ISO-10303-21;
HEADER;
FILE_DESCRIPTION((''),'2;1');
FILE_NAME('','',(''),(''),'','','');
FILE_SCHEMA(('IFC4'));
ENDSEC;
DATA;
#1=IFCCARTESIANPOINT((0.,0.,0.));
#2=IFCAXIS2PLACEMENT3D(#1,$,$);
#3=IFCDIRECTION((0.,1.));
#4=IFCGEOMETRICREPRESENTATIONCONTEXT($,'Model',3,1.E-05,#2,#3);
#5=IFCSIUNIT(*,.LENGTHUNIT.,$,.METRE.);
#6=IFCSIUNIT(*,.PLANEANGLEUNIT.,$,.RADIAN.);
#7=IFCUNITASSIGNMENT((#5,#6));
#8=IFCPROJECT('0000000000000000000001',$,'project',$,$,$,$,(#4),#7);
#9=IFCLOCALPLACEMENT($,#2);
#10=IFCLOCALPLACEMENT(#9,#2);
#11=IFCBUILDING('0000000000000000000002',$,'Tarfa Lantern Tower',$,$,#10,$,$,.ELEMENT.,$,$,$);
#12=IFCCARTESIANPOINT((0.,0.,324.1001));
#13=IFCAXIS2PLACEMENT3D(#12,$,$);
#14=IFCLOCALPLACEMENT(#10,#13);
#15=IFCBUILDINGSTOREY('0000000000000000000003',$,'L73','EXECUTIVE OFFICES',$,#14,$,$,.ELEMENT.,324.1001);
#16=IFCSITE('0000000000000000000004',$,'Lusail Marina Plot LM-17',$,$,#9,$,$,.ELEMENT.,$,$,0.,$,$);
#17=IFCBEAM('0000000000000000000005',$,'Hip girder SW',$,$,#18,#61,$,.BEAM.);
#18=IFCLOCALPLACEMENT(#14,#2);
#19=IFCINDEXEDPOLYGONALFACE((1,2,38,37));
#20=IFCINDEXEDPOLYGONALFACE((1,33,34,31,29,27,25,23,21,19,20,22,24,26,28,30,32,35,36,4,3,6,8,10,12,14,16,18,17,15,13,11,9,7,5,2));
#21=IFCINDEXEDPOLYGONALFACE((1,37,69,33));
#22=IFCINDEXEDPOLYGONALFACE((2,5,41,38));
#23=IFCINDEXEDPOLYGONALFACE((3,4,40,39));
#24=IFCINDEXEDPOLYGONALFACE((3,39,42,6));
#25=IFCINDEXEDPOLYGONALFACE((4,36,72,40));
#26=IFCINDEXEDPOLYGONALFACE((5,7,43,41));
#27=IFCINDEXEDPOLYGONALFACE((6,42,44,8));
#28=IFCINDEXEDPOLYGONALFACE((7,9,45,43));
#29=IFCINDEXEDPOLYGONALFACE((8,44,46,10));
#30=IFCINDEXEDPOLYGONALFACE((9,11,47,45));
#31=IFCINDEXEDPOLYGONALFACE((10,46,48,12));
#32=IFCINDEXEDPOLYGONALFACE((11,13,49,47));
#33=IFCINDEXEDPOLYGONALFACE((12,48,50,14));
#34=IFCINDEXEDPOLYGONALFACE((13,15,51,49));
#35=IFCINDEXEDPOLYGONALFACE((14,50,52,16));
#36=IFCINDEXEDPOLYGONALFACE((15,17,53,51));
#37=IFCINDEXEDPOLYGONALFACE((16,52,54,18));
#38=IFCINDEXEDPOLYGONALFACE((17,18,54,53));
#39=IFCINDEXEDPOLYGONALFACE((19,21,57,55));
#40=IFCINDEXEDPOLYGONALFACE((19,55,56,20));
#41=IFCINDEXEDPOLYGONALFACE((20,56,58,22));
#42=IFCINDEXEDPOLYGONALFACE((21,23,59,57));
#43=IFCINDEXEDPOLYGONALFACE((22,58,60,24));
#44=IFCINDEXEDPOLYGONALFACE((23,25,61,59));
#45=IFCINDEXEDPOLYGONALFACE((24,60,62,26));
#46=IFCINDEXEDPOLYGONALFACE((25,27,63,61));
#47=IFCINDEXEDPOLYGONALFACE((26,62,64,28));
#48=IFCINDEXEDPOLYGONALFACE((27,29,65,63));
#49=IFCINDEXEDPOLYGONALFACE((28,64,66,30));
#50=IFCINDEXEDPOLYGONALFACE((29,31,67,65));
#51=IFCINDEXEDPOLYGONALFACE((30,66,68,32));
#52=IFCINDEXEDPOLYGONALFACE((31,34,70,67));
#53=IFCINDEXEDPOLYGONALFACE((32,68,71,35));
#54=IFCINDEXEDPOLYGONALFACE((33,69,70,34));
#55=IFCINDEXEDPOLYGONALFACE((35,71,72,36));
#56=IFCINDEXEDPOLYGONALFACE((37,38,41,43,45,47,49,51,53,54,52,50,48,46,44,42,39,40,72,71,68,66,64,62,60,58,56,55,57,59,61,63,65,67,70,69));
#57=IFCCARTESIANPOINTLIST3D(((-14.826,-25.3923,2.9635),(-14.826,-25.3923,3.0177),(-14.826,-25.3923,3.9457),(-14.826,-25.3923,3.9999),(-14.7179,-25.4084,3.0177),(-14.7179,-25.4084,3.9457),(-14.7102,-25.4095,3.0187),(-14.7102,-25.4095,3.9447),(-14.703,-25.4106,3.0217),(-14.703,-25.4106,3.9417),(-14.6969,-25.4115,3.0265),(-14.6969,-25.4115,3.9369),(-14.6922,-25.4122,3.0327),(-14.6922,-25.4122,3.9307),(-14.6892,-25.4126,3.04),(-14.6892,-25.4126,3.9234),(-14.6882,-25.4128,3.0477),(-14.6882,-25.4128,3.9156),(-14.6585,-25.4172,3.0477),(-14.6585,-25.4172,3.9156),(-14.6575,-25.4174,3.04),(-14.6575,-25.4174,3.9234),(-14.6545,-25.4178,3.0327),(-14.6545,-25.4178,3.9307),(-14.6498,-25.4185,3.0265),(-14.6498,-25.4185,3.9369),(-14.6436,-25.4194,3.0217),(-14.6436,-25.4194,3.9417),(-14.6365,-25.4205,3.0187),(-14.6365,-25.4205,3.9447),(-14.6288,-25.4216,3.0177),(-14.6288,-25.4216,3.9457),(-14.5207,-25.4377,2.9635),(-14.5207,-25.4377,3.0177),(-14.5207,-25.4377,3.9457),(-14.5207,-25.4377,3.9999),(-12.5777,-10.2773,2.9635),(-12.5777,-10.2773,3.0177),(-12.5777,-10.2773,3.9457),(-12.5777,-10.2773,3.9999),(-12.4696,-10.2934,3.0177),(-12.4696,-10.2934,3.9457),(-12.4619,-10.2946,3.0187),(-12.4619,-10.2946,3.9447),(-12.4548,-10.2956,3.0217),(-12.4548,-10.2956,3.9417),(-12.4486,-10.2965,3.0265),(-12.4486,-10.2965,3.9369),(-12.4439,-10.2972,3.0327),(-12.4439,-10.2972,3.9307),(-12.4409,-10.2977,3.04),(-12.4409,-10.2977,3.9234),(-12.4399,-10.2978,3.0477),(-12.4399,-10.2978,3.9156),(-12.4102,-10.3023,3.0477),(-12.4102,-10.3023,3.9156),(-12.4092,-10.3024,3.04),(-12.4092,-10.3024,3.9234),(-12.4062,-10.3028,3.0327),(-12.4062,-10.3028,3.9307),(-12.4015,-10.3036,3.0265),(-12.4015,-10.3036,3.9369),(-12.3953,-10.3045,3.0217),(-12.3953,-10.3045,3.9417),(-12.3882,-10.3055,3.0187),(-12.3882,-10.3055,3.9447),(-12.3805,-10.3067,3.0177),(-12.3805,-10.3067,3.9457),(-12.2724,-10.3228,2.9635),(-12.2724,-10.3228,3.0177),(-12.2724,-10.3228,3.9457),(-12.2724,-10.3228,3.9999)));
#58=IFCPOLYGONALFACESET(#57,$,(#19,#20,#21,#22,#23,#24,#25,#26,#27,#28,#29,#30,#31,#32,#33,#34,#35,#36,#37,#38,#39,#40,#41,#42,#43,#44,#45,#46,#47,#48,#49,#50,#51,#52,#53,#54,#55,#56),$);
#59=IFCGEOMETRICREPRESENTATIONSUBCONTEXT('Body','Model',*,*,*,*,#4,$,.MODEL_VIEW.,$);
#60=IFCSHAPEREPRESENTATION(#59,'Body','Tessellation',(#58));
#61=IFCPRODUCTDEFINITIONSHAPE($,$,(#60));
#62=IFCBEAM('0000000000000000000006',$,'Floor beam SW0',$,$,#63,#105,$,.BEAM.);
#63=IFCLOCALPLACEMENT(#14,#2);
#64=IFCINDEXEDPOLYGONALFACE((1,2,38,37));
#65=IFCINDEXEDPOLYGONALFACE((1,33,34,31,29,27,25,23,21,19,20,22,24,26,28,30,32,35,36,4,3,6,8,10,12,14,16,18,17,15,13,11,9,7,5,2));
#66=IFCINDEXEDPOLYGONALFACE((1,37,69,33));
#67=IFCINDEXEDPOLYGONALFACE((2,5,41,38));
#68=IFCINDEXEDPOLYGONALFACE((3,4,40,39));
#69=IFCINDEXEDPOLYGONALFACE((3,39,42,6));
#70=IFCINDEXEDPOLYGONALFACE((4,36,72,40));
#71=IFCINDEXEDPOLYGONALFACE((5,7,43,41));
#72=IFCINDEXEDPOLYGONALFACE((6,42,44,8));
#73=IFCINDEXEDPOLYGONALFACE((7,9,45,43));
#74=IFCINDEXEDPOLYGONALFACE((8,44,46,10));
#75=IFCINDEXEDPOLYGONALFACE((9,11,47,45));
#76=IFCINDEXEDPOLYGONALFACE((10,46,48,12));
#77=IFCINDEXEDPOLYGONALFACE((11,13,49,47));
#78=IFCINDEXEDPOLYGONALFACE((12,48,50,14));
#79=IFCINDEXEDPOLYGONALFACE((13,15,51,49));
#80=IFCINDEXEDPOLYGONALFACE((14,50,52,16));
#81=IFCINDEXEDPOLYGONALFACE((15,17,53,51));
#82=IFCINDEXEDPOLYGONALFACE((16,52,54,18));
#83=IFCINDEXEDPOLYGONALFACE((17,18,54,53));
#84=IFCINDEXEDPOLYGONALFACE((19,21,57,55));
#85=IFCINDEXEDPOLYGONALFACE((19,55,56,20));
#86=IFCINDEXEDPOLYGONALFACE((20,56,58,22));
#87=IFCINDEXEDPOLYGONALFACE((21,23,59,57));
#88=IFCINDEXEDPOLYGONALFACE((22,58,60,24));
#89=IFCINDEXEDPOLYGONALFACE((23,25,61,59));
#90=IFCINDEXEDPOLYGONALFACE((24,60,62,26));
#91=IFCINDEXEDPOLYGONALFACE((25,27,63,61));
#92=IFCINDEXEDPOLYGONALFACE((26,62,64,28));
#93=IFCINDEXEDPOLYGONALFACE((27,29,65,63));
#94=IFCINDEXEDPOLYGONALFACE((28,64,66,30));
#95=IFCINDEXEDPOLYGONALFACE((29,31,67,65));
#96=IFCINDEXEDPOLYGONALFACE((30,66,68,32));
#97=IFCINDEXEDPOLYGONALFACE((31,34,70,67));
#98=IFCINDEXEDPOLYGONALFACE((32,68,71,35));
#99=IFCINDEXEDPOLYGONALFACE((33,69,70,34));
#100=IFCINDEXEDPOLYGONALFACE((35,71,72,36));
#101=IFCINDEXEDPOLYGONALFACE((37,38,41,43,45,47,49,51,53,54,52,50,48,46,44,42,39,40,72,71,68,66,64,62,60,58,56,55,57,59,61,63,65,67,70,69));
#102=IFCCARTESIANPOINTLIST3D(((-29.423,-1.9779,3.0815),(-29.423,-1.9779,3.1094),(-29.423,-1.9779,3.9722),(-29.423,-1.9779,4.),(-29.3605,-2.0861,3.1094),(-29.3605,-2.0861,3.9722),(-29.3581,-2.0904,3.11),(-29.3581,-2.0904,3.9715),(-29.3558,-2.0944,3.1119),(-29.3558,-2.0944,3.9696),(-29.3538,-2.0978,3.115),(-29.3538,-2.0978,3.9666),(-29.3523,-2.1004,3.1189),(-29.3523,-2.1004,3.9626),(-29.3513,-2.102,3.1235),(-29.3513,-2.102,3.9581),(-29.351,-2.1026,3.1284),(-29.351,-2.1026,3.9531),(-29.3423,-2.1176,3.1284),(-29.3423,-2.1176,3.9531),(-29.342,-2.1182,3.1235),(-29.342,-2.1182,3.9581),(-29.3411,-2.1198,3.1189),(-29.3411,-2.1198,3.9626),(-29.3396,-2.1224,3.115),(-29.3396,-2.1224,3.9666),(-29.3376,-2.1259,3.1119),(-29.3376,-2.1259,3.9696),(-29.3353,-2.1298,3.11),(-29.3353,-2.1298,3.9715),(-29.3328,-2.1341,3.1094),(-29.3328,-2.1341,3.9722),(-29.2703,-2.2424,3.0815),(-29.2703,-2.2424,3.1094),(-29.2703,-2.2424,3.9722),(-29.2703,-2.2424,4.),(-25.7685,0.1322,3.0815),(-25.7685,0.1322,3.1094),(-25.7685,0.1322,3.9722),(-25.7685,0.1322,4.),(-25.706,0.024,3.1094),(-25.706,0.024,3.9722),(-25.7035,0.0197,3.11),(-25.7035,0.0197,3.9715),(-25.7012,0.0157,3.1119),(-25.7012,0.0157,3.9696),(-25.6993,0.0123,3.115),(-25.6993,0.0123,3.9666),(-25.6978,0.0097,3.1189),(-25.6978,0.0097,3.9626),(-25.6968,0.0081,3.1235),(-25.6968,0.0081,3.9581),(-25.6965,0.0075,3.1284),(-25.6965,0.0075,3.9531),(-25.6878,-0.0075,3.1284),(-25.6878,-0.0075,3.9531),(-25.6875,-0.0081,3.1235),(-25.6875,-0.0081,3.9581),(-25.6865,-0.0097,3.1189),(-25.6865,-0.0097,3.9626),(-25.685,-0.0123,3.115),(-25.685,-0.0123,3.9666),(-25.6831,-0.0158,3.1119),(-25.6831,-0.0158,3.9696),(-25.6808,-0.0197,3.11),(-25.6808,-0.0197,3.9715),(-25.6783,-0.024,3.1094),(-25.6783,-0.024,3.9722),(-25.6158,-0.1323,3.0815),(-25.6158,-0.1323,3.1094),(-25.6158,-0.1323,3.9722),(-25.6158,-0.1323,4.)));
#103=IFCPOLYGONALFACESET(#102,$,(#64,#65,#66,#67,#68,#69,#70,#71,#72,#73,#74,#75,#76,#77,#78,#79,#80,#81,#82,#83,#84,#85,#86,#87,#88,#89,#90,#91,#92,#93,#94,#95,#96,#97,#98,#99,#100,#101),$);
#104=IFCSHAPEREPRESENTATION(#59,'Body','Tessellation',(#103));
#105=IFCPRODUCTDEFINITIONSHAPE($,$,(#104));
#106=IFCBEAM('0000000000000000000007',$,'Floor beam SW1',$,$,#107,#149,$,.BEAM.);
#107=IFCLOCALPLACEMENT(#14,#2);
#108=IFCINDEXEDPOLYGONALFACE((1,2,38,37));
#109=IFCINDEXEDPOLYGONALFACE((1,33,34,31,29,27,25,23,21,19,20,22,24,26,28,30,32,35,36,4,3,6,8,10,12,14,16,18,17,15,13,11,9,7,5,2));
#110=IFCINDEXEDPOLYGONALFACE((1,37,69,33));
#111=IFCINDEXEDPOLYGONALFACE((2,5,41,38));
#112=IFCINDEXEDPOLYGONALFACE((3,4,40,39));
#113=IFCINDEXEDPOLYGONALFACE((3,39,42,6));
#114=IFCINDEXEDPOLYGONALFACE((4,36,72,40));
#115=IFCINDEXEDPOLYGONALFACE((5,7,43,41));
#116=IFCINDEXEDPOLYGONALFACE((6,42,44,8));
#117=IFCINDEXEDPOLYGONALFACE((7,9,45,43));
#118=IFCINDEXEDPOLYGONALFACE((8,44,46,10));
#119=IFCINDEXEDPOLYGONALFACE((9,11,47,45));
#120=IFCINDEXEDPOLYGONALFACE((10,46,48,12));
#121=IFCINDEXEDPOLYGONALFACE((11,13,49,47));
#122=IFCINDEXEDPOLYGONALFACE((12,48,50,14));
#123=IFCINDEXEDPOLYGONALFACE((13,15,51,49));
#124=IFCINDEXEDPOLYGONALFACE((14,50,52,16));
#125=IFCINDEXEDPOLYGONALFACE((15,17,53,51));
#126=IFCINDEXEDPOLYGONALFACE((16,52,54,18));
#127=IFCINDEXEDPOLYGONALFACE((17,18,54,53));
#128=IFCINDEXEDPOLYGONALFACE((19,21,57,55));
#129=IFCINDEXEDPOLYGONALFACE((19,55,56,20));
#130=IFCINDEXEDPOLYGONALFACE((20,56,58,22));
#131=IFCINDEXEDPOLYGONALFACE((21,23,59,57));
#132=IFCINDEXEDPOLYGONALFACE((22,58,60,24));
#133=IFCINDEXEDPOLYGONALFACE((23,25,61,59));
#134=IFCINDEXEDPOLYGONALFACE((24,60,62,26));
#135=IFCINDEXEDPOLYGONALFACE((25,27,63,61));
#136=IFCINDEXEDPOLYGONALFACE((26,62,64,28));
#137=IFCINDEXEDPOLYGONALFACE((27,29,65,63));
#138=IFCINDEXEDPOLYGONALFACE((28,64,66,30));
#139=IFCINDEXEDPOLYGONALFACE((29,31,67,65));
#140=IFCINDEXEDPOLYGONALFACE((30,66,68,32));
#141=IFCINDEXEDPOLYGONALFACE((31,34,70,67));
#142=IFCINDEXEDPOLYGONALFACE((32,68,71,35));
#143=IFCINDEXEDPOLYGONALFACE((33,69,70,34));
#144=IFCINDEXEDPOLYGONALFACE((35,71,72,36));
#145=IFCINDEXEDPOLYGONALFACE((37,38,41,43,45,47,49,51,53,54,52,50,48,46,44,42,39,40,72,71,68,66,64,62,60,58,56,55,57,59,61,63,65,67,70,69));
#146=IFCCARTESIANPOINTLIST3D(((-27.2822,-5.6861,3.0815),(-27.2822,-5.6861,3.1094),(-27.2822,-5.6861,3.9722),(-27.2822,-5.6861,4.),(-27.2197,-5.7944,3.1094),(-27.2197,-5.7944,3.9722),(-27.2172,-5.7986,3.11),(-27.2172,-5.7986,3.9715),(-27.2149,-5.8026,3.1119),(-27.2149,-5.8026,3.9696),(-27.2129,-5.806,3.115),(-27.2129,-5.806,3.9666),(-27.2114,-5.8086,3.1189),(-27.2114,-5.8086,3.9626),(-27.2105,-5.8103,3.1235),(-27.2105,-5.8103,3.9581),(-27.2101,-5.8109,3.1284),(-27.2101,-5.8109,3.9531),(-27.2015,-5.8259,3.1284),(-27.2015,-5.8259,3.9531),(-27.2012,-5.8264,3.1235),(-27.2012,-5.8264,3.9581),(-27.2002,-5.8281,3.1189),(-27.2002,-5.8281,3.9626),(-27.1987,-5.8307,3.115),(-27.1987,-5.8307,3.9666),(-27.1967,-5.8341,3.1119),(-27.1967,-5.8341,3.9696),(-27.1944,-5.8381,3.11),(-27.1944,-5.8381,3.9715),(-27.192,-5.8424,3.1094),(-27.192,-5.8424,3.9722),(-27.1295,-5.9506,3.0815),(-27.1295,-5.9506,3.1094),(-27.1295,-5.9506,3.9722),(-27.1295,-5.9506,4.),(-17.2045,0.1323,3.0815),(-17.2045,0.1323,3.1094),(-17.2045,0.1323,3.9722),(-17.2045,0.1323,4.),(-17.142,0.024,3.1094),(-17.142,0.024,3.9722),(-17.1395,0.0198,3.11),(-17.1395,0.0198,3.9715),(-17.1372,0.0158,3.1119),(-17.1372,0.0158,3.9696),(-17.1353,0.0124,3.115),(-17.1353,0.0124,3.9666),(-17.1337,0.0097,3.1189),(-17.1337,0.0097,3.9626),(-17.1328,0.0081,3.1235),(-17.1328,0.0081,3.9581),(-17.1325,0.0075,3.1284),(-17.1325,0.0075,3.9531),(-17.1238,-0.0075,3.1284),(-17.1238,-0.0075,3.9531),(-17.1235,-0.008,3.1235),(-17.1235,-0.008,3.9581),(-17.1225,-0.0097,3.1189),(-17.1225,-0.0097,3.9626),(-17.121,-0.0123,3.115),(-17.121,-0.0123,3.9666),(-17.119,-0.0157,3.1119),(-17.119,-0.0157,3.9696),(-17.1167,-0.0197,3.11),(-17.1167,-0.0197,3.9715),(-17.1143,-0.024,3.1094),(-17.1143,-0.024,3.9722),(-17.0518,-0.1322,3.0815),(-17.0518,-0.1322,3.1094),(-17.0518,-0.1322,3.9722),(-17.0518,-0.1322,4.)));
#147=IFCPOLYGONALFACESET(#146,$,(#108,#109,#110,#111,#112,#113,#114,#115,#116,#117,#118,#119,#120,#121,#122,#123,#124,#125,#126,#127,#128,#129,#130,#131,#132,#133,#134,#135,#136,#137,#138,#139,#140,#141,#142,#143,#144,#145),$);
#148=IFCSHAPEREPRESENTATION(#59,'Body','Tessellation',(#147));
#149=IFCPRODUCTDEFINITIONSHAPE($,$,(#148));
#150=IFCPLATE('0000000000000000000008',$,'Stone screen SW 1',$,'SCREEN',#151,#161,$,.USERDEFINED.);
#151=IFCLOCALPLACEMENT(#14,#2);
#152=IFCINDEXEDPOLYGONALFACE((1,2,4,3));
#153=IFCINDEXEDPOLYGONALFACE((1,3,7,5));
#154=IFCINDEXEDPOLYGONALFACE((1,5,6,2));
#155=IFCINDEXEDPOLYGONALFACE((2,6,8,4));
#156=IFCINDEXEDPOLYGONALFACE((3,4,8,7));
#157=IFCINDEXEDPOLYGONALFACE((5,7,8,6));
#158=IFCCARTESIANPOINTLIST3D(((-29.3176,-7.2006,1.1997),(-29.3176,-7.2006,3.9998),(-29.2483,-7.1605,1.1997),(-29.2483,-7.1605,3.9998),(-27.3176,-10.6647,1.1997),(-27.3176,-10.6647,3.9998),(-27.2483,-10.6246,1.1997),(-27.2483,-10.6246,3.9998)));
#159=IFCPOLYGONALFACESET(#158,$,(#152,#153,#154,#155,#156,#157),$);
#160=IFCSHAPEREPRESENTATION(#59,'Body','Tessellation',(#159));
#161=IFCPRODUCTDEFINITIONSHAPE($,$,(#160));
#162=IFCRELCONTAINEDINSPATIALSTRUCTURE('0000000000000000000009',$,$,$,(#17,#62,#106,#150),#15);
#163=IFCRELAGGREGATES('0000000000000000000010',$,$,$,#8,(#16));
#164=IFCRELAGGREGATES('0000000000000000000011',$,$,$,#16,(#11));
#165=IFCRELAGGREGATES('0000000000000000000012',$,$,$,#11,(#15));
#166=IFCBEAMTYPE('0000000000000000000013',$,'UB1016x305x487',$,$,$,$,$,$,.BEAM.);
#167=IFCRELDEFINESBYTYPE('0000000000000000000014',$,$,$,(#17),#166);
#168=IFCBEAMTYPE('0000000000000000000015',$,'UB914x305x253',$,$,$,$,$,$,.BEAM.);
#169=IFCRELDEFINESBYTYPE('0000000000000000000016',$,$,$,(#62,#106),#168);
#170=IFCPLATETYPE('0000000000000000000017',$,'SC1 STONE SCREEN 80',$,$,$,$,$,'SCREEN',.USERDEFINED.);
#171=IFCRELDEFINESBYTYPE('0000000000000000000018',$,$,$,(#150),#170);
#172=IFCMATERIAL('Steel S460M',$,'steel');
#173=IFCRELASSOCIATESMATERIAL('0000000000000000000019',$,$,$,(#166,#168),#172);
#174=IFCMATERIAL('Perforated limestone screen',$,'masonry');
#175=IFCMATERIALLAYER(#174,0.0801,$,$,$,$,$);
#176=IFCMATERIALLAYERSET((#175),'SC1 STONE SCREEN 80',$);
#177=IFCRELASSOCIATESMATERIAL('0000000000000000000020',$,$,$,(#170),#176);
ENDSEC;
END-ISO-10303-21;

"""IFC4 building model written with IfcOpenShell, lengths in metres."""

from ifc_helpers import new_model, si_unit, direction, frame, origin, origin_2d, place, context, subcontext, project, spatial, rectangle, i_section, extrude, material, layer, layer_set, material_profile, profile_set, type_object, element, save


model = new_model("IFC4")

# Units and contexts
model_context = context("Model", 3, precision=1e-05, world=origin(), true_north=direction((0.0, 1.0)))
body_context = subcontext(model_context, "Body", "Model", "MODEL_VIEW")
ifc_project = project(units=[si_unit("LENGTHUNIT", "METRE"), si_unit("PLANEANGLEUNIT", "RADIAN")], contexts=[model_context])

# Site, building, storey
site_placement = place(None, origin())
site = spatial("IfcSite", under=ifc_project, at=site_placement, Name="Lusail Marina Plot LM-17", CompositionType="ELEMENT", RefElevation=0.0)
building_placement = place(site_placement, origin())
building = spatial("IfcBuilding", under=site, at=building_placement, Name="Tarfa Lantern Tower", CompositionType="ELEMENT")
storey_placement = place(building_placement, frame((0.0, 0.0, 324.1001)))
storey = spatial("IfcBuildingStorey", under=building, at=storey_placement, Name="L73", Description="EXECUTIVE OFFICES", CompositionType="ELEMENT", Elevation=324.1001)

# Beams
ifc_material_1 = material(Name="Steel S460M", Category="steel")
ifc_material_profile_1 = material_profile(ifc_material_1, i_section(OverallWidth=0.3086, OverallDepth=1.0364, WebThickness=0.03, FlangeThickness=0.0542, FilletRadius=0.03, at=origin_2d()), Name="UB1016x305x487")
ifc_profile_set_1 = profile_set([ifc_material_profile_1], Name="Steel S460M")
beam_type_1 = type_object("IfcBeamType", Name="UB1016x305x487", PredefinedType="BEAM", material=ifc_profile_set_1)
beam_1_placement = place(storey_placement, frame((-12.425, -10.3, 3.4817), z_axis=(-0.147127, -0.989118, 0.0), x_axis=(0.989118, -0.147127, 0.0)))
element("IfcBeam", 1, at=beam_1_placement, inside=storey, type_object=beam_type_1, Name="Hip girder SW", PredefinedType="BEAM", context=body_context, shape_type="SweptSolid", body=[
    extrude(i_section(OverallWidth=0.3086, OverallDepth=1.0364, WebThickness=0.03, FlangeThickness=0.0542, FilletRadius=0.03, at=origin_2d()), origin(), (0.0, 0.0, 1.0), 15.2812),
])
ifc_material_profile_2 = material_profile(ifc_material_1, i_section(OverallWidth=0.3054, OverallDepth=0.9185, WebThickness=0.0173, FlangeThickness=0.0278, FilletRadius=0.019, at=origin_2d()), Name="UB914x305x253")
ifc_profile_set_2 = profile_set([ifc_material_profile_2], Name="Steel S460M")
beam_type_2 = type_object("IfcBeamType", Name="UB914x305x253", PredefinedType="BEAM", material=ifc_profile_set_2)
beam_2_placement = place(storey_placement, frame((-29.3467, -2.1101, 3.5408), z_axis=(0.866009, 0.500028, 0.0), x_axis=(-0.500028, 0.866009, 0.0)))
element("IfcBeam", 2, at=beam_2_placement, inside=storey, type_object=beam_type_2, Name="Floor beam SW0", PredefinedType="BEAM", context=body_context, shape_type="SweptSolid", body=[
    extrude(i_section(OverallWidth=0.3054, OverallDepth=0.9185, WebThickness=0.0173, FlangeThickness=0.0278, FilletRadius=0.019, at=origin_2d()), origin(), (0.0, 0.0, 1.0), 4.22),
])
beam_3_placement = place(storey_placement, frame((-27.2058, -5.8184, 3.5408), z_axis=(0.866024, 0.500002, 0.0), x_axis=(-0.500002, 0.866024, 0.0)))
element("IfcBeam", 3, at=beam_3_placement, inside=storey, type_object=beam_type_2, Name="Floor beam SW1", PredefinedType="BEAM", context=body_context, shape_type="SweptSolid", body=[
    extrude(i_section(OverallWidth=0.3054, OverallDepth=0.9185, WebThickness=0.0173, FlangeThickness=0.0278, FilletRadius=0.019, at=origin_2d()), origin(), (0.0, 0.0, 1.0), 11.6367),
])

# Plate
ifc_material_2 = material(Name="Perforated limestone screen", Category="masonry")
ifc_layer_1 = layer(ifc_material_2, 0.0801)
ifc_layer_set_1 = layer_set([ifc_layer_1], Name="SC1 STONE SCREEN 80")
plate_type = type_object("IfcPlateType", Name="SC1 STONE SCREEN 80", ElementType="SCREEN", PredefinedType="USERDEFINED", material=ifc_layer_set_1)
plate_placement = place(storey_placement, frame((-28.283, -8.9126, 1.1997), z_axis=(0.0, 0.0, 1.0), x_axis=(0.5, -0.866025, 0.0)))
element("IfcPlate", 4, at=plate_placement, inside=storey, type_object=plate_type, Name="Stone screen SW 1", ObjectType="SCREEN", PredefinedType="USERDEFINED", context=body_context, shape_type="SweptSolid", body=[
    extrude(rectangle(XDim=4.0, YDim=0.0801, at=origin_2d()), origin(), (0.0, 0.0, 1.0), 2.8),
])

save(model, "model.ifc")
